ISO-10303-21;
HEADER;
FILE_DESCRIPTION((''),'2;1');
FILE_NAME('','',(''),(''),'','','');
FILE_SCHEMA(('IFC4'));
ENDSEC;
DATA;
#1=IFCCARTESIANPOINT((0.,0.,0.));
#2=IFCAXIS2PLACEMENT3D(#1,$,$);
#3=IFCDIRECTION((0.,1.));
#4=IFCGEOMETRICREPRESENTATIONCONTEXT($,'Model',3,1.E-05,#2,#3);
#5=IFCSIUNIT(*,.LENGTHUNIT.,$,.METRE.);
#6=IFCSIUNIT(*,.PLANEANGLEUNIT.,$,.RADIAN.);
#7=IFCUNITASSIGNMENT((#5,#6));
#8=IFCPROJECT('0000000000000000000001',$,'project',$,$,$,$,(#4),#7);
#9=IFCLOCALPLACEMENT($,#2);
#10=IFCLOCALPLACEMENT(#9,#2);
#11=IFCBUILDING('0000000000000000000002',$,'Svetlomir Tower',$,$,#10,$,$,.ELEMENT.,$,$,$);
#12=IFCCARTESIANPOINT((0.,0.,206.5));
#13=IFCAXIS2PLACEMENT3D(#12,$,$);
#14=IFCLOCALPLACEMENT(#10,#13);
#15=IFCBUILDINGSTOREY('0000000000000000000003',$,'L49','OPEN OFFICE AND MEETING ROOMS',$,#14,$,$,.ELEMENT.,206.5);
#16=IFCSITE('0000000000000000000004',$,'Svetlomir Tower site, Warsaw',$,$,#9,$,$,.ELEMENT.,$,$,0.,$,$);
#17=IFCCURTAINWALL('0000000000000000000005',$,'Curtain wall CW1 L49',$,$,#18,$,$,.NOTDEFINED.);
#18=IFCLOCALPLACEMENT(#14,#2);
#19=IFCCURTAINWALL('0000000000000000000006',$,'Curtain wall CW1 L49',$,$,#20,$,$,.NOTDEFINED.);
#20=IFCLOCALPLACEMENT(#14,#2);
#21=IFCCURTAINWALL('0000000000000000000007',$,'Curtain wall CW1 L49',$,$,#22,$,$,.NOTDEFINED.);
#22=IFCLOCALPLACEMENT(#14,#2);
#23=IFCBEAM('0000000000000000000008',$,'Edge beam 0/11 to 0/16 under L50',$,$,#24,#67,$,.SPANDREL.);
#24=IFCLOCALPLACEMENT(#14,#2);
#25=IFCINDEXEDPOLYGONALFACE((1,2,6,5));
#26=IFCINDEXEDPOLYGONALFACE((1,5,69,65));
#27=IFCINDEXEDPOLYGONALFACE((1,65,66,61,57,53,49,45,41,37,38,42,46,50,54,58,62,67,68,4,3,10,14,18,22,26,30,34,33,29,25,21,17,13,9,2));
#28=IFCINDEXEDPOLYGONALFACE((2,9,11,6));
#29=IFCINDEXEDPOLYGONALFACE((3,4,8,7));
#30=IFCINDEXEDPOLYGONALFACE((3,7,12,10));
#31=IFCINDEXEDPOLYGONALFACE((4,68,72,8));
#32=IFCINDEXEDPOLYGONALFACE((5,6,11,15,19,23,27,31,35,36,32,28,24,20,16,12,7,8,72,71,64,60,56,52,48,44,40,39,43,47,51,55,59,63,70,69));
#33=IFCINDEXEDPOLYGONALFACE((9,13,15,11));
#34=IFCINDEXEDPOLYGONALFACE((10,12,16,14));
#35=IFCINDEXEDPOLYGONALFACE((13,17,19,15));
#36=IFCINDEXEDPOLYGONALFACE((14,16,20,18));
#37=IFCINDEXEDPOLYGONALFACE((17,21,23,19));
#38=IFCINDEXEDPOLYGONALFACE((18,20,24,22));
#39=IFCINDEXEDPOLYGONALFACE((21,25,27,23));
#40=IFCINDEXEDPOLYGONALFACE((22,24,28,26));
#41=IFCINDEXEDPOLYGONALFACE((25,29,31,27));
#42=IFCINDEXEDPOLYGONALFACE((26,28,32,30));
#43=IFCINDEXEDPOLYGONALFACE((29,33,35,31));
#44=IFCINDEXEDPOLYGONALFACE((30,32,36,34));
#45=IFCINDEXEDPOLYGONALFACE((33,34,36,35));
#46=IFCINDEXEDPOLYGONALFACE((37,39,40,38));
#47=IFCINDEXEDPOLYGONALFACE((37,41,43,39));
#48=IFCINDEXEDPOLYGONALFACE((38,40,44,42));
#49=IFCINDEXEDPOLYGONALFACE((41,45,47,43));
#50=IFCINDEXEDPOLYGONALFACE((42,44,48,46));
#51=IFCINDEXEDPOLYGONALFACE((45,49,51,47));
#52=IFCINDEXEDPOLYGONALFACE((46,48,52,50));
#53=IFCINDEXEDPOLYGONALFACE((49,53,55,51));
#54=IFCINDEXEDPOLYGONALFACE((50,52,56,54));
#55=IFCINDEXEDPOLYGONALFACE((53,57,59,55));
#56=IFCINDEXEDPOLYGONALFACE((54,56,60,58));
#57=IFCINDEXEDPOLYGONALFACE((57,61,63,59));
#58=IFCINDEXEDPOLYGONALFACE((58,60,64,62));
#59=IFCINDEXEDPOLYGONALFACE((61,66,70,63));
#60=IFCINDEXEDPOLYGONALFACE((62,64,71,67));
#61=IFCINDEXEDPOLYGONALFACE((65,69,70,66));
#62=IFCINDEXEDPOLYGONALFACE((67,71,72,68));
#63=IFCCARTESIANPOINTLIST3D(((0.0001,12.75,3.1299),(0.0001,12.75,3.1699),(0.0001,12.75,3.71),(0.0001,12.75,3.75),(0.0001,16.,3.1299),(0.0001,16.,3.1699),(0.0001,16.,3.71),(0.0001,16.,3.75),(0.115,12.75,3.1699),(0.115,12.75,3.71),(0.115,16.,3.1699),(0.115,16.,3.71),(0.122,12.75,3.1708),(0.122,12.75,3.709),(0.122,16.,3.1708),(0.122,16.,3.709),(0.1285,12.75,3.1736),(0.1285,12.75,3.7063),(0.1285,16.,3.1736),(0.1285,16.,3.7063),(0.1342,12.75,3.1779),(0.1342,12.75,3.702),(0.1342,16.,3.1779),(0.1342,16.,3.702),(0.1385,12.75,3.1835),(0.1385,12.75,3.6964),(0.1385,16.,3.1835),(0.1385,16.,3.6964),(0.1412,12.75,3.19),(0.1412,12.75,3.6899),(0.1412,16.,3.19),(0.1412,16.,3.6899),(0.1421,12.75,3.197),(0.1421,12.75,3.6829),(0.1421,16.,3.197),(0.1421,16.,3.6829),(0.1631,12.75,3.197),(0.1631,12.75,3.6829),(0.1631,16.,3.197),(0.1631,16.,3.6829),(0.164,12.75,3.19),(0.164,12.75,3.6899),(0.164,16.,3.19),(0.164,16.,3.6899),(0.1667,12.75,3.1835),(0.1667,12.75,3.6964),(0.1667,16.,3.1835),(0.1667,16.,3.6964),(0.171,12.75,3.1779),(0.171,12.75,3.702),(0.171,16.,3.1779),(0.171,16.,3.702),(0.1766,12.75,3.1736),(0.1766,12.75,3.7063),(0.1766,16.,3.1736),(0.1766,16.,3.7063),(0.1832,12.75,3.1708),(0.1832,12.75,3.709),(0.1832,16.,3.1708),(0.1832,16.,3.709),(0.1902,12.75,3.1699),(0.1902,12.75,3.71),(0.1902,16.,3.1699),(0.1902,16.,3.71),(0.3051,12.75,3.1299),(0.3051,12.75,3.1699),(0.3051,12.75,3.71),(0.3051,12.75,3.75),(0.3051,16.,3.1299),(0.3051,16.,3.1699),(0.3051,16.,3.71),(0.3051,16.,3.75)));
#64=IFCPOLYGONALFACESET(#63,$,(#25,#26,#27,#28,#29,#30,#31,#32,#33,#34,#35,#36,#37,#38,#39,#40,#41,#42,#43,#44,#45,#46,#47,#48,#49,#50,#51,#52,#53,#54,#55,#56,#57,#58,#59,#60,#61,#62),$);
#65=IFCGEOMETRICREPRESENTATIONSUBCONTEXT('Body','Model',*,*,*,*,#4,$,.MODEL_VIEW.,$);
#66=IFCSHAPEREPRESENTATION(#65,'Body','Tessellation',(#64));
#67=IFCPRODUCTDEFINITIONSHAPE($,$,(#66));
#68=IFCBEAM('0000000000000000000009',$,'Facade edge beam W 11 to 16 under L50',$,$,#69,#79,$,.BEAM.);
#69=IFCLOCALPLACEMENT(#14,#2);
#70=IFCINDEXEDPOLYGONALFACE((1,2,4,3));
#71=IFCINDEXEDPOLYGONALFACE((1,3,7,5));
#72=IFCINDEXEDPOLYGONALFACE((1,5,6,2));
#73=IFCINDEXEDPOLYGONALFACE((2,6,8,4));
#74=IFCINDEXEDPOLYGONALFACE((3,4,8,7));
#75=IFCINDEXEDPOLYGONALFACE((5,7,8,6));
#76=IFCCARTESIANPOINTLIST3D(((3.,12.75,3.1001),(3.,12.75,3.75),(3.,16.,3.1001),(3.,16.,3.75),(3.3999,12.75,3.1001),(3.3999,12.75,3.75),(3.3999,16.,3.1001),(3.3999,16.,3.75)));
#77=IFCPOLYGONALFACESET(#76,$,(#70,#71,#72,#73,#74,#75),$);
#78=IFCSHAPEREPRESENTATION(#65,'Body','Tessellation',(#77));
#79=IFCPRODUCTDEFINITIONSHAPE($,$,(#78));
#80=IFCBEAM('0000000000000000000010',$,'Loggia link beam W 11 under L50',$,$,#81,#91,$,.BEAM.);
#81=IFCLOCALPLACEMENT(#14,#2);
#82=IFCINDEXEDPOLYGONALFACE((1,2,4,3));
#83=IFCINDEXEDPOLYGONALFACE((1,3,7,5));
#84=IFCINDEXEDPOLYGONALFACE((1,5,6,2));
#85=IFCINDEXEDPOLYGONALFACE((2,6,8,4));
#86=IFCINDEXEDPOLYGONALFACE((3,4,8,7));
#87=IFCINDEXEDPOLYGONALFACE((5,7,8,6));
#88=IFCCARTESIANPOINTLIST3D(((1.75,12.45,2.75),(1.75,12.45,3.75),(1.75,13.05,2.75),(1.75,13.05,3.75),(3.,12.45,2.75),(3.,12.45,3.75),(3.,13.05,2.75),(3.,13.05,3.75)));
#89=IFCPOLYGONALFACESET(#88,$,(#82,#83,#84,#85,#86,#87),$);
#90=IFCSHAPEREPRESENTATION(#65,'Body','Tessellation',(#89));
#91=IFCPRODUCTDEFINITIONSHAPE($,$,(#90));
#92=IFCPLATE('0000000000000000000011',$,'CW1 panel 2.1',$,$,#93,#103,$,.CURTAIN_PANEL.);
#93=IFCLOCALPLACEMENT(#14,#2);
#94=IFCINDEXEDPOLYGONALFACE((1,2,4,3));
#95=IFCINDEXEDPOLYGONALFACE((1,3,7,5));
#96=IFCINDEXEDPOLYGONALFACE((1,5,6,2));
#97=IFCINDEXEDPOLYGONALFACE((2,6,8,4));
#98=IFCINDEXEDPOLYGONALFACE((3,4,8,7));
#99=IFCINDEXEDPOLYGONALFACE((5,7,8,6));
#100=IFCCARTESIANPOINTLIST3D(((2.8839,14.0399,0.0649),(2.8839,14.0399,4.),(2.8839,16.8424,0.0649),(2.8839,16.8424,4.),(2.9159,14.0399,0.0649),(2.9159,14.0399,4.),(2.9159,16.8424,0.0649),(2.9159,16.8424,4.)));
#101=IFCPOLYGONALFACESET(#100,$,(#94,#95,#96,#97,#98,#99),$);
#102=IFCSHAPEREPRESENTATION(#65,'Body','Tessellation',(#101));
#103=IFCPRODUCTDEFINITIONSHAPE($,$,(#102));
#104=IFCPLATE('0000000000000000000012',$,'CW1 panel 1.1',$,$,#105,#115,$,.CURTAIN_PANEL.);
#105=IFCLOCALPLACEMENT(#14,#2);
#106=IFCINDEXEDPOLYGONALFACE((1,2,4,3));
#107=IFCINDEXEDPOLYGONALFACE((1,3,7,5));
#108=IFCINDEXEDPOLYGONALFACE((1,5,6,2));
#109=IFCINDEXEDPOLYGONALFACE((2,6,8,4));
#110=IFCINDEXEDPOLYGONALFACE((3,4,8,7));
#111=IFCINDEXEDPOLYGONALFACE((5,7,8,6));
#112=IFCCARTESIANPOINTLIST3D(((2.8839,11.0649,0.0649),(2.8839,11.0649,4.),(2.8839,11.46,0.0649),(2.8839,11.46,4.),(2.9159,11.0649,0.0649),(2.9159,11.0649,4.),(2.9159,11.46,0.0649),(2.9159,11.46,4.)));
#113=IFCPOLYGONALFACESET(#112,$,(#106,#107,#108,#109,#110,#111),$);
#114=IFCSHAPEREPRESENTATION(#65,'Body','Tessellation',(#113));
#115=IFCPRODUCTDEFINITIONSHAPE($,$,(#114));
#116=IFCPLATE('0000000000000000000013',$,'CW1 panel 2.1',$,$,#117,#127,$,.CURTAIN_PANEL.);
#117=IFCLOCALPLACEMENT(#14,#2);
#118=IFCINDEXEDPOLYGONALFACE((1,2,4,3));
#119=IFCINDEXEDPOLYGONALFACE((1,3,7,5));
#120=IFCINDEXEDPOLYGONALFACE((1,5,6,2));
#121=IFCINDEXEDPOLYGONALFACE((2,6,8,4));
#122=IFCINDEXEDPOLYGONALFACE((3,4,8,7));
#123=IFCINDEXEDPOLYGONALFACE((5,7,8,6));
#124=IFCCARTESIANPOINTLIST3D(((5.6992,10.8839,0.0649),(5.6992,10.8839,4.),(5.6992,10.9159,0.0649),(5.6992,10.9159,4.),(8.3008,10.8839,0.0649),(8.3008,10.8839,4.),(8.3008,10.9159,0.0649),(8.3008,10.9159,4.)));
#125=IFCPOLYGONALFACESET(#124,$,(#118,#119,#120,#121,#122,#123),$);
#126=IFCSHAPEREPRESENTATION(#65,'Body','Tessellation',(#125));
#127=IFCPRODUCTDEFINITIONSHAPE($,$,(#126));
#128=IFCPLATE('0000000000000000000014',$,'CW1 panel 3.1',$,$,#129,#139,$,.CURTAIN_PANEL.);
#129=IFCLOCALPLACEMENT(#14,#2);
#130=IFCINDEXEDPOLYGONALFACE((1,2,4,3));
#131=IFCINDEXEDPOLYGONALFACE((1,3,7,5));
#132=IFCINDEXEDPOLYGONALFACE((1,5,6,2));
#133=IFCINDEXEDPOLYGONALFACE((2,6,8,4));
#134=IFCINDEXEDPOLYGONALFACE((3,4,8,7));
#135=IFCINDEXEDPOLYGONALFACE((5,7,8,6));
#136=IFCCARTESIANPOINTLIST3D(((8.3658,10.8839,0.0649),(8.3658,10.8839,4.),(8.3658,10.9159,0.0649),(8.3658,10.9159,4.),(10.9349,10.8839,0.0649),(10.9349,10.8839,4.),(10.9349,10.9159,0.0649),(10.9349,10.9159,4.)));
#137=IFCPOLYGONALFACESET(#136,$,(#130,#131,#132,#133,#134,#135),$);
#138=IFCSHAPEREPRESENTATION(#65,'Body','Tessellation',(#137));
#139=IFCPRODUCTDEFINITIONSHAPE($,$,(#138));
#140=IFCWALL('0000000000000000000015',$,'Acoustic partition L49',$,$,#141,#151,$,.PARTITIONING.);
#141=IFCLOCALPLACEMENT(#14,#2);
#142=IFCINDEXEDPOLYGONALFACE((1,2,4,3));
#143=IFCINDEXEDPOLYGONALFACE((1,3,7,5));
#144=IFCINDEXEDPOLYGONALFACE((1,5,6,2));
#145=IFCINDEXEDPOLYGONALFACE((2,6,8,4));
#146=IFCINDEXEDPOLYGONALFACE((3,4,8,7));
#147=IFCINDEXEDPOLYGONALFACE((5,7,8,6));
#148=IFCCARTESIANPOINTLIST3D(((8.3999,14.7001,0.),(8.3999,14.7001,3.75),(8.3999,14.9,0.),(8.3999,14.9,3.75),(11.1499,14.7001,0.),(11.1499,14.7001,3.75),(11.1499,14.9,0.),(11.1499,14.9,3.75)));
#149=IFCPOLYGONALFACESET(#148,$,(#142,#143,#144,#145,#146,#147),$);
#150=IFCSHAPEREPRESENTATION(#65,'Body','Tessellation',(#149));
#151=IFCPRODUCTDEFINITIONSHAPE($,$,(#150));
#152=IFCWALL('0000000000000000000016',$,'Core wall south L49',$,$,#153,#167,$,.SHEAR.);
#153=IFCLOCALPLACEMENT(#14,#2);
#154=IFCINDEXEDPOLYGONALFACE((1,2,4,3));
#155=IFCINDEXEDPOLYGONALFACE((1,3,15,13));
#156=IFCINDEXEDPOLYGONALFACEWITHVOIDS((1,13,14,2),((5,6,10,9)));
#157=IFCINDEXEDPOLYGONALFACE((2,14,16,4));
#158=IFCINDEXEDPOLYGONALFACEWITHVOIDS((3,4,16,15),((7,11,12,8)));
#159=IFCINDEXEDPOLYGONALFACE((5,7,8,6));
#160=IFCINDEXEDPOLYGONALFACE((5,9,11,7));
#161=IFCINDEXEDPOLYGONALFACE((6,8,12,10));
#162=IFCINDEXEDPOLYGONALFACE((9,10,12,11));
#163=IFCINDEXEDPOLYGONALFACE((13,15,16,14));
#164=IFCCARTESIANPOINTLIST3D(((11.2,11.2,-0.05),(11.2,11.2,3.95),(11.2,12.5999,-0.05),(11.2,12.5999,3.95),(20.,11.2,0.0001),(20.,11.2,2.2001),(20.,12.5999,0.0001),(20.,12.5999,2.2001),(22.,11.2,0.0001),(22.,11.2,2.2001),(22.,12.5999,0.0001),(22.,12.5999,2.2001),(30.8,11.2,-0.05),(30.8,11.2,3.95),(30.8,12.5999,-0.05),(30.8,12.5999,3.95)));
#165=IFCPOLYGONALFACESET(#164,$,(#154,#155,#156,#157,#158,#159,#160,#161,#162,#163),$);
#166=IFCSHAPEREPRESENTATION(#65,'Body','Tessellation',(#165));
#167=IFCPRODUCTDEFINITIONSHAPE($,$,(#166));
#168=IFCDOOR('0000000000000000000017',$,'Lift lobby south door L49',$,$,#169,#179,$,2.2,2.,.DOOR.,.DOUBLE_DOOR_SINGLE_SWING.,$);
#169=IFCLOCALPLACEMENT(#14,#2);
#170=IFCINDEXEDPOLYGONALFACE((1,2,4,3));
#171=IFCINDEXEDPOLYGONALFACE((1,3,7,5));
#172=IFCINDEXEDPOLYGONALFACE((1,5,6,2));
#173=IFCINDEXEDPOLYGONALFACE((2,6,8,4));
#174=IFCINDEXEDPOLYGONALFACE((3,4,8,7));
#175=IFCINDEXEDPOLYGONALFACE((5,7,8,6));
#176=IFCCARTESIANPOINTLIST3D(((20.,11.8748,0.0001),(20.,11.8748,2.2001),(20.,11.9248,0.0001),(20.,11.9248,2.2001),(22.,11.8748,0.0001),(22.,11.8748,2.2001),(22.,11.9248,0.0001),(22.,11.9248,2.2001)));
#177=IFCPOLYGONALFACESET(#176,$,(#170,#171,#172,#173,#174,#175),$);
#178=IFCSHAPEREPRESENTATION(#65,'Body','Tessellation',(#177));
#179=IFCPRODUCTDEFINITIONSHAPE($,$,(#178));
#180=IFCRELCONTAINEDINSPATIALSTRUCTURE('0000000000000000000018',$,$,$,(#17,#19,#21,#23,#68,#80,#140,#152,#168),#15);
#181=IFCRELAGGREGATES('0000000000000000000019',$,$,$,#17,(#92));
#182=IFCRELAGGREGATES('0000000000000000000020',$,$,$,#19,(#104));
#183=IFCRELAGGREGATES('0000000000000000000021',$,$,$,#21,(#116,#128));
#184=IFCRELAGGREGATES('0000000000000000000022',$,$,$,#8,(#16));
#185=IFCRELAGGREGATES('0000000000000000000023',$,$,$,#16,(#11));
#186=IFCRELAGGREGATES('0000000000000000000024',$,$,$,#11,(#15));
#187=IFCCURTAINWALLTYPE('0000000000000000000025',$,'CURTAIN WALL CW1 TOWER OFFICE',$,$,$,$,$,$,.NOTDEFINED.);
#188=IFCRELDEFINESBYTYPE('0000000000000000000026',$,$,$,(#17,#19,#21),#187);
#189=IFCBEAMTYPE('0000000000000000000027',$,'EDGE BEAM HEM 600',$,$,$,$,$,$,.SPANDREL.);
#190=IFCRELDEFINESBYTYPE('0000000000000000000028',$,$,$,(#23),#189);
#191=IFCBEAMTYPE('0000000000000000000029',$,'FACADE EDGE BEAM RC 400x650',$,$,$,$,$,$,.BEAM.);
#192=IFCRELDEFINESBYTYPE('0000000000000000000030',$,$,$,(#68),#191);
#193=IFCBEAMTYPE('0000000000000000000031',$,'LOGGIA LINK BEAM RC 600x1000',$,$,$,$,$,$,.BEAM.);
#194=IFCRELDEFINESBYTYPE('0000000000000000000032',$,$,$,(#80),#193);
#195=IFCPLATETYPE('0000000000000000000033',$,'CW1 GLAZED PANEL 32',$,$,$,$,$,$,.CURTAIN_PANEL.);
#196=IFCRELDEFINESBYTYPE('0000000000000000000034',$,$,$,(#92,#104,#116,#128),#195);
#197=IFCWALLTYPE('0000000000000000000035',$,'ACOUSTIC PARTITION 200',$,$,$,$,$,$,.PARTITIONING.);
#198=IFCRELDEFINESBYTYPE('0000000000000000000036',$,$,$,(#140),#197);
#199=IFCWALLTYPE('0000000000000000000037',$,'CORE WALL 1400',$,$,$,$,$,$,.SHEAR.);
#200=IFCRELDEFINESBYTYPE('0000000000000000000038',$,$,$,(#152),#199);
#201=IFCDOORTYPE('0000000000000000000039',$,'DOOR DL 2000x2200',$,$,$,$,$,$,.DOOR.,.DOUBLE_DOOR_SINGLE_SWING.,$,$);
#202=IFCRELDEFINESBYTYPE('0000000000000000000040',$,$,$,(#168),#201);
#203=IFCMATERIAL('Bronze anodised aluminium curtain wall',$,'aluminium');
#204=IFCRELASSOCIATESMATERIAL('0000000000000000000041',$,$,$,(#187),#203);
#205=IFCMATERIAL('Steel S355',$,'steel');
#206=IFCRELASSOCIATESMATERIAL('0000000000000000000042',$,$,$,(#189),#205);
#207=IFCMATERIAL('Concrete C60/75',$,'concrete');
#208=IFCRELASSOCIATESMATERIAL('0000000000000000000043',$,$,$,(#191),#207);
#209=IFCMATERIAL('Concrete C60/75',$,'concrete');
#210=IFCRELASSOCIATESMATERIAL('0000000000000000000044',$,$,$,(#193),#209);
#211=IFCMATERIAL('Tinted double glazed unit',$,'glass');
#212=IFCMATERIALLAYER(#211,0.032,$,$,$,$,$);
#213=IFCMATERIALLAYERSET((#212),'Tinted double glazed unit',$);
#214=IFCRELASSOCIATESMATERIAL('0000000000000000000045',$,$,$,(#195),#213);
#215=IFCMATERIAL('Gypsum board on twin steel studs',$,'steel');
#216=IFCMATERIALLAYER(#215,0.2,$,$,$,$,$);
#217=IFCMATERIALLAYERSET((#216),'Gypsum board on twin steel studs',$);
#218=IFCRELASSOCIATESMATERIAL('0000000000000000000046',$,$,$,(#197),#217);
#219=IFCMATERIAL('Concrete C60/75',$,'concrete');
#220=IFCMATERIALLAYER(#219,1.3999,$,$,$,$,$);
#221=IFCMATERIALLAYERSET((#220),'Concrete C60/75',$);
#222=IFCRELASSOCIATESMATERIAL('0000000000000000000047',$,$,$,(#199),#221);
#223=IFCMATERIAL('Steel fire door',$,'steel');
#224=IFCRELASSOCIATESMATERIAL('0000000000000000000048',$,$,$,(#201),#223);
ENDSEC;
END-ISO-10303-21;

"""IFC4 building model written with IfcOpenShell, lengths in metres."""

from ifc_helpers import new_model, si_unit, direction, frame, frame_2d, origin, origin_2d, place, context, subcontext, project, spatial, rectangle, i_section, extrude, material, layer, layer_set, material_profile, profile_set, type_object, element, fill, aggregate, save


model = new_model("IFC4")

# Units and contexts
model_context = context("Model", 3, precision=1e-05, world=origin(), true_north=direction((0.0, 1.0)))
body_context = subcontext(model_context, "Body", "Model", "MODEL_VIEW")
ifc_project = project(units=[si_unit("LENGTHUNIT", "METRE"), si_unit("PLANEANGLEUNIT", "RADIAN")], contexts=[model_context])

# Site, building, storey
site_placement = place(None, origin())
site = spatial("IfcSite", under=ifc_project, at=site_placement, Name="Svetlomir Tower site, Warsaw", CompositionType="ELEMENT", RefElevation=0.0)
building_placement = place(site_placement, origin())
building = spatial("IfcBuilding", under=site, at=building_placement, Name="Svetlomir Tower", CompositionType="ELEMENT")
storey_placement = place(building_placement, frame((0.0, 0.0, 206.5)))
storey = spatial("IfcBuildingStorey", under=building, at=storey_placement, Name="L49", Description="OPEN OFFICE AND MEETING ROOMS", CompositionType="ELEMENT", Elevation=206.5)

# Curtain wall
ifc_material_1 = material(Name="Bronze anodised aluminium curtain wall", Category="aluminium")
curtain_wall_type = type_object("IfcCurtainWallType", Name="CURTAIN WALL CW1 TOWER OFFICE", PredefinedType="NOTDEFINED", material=ifc_material_1)
curtain_wall_1_placement = place(storey_placement, origin())
curtain_wall_1 = element("IfcCurtainWall", 1, at=curtain_wall_1_placement, inside=storey, type_object=curtain_wall_type, Name="Curtain wall CW1 L49", PredefinedType="NOTDEFINED")

# Curtain walls
curtain_wall_2_placement = place(storey_placement, origin())
curtain_wall_2 = element("IfcCurtainWall", 2, at=curtain_wall_2_placement, inside=storey, type_object=curtain_wall_type, Name="Curtain wall CW1 L49", PredefinedType="NOTDEFINED")
curtain_wall_3_placement = place(storey_placement, origin())
curtain_wall_3 = element("IfcCurtainWall", 3, at=curtain_wall_3_placement, inside=storey, type_object=curtain_wall_type, Name="Curtain wall CW1 L49", PredefinedType="NOTDEFINED")

# Beams
ifc_material_2 = material(Name="Steel S355", Category="steel")
ifc_material_profile_1 = material_profile(ifc_material_2, i_section(OverallWidth=0.3049, OverallDepth=0.6201, WebThickness=0.021, FlangeThickness=0.04, FilletRadius=0.0271, at=origin_2d()), Name="HEM 600")
ifc_profile_set_1 = profile_set([ifc_material_profile_1], Name="Steel S355")
beam_type_1 = type_object("IfcBeamType", Name="EDGE BEAM HEM 600", PredefinedType="SPANDREL", material=ifc_profile_set_1)
beam_1_placement = place(storey_placement, frame((0.1526, 12.75, 3.4399), z_axis=(0.0, 1.0, 0.0), x_axis=(-1.0, 0.0, 0.0)))
element("IfcBeam", 4, at=beam_1_placement, inside=storey, type_object=beam_type_1, Name="Edge beam 0/11 to 0/16 under L50", PredefinedType="SPANDREL", context=body_context, shape_type="SweptSolid", body=[
    extrude(i_section(OverallWidth=0.3049, OverallDepth=0.6201, WebThickness=0.021, FlangeThickness=0.04, FilletRadius=0.0271, at=origin_2d()), origin(), (0.0, 0.0, 1.0), 3.25),
])
ifc_material_3 = material(Name="Concrete C60/75", Category="concrete")
ifc_material_profile_2 = material_profile(ifc_material_3, rectangle(XDim=0.3999, YDim=0.6499, at=origin_2d()), Name="RC 400x650")
ifc_profile_set_2 = profile_set([ifc_material_profile_2], Name="Concrete C60/75")
beam_type_2 = type_object("IfcBeamType", Name="FACADE EDGE BEAM RC 400x650", PredefinedType="BEAM", material=ifc_profile_set_2)
beam_2_placement = place(storey_placement, frame((3.2, 12.75, 3.425), z_axis=(0.0, 1.0, 0.0), x_axis=(-1.0, 0.0, 0.0)))
element("IfcBeam", 5, at=beam_2_placement, inside=storey, type_object=beam_type_2, Name="Facade edge beam W 11 to 16 under L50", PredefinedType="BEAM", context=body_context, shape_type="SweptSolid", body=[
    extrude(rectangle(XDim=0.3999, YDim=0.6499, at=origin_2d()), origin(), (0.0, 0.0, 1.0), 3.25),
])
ifc_material_4 = material(Name="Concrete C60/75", Category="concrete")
ifc_material_profile_3 = material_profile(ifc_material_4, rectangle(XDim=0.6001, YDim=1.0, at=origin_2d()), Name="RC 600x1000")
ifc_profile_set_3 = profile_set([ifc_material_profile_3], Name="Concrete C60/75")
beam_type_3 = type_object("IfcBeamType", Name="LOGGIA LINK BEAM RC 600x1000", PredefinedType="BEAM", material=ifc_profile_set_3)
beam_3_placement = place(storey_placement, frame((1.75, 12.75, 3.25), z_axis=(1.0, 0.0, 0.0), x_axis=(0.0, 1.0, 0.0)))
element("IfcBeam", 6, at=beam_3_placement, inside=storey, type_object=beam_type_3, Name="Loggia link beam W 11 under L50", PredefinedType="BEAM", context=body_context, shape_type="SweptSolid", body=[
    extrude(rectangle(XDim=0.6001, YDim=1.0, at=origin_2d()), origin(), (0.0, 0.0, 1.0), 1.25),
])

# Plates
ifc_material_5 = material(Name="Tinted double glazed unit", Category="glass")
ifc_layer_1 = layer(ifc_material_5, 0.032)
ifc_layer_set_1 = layer_set([ifc_layer_1], Name="Tinted double glazed unit")
plate_type = type_object("IfcPlateType", Name="CW1 GLAZED PANEL 32", PredefinedType="CURTAIN_PANEL", material=ifc_layer_set_1)
plate_1_placement = place(storey_placement, frame((2.8999, 15.4412, 0.0649), z_axis=(0.0, 0.0, 1.0), x_axis=(0.0, -1.0, 0.0)))
plate_1 = element("IfcPlate", 7, at=plate_1_placement, type_object=plate_type, Name="CW1 panel 2.1", PredefinedType="CURTAIN_PANEL", context=body_context, shape_type="SweptSolid", body=[
    extrude(rectangle(XDim=2.8025, YDim=0.032, at=origin_2d()), origin(), (0.0, 0.0, 1.0), 3.9351),
])
aggregate(curtain_wall_1, [plate_1])
plate_2_placement = place(storey_placement, frame((2.8999, 11.2625, 0.0649), z_axis=(0.0, 0.0, 1.0), x_axis=(0.0, -1.0, 0.0)))
plate_2 = element("IfcPlate", 8, at=plate_2_placement, type_object=plate_type, Name="CW1 panel 1.1", PredefinedType="CURTAIN_PANEL", context=body_context, shape_type="SweptSolid", body=[
    extrude(rectangle(XDim=0.395, YDim=0.032, at=origin_2d()), origin(), (0.0, 0.0, 1.0), 3.9351),
])
aggregate(curtain_wall_2, [plate_2])
plate_3_placement = place(storey_placement, frame((7.0, 10.8999, 0.0649), z_axis=(0.0, 0.0, 1.0), x_axis=(1.0, 0.0, 0.0)))
plate_3 = element("IfcPlate", 9, at=plate_3_placement, type_object=plate_type, Name="CW1 panel 2.1", PredefinedType="CURTAIN_PANEL", context=body_context, shape_type="SweptSolid", body=[
    extrude(rectangle(XDim=2.6016, YDim=0.032, at=origin_2d()), origin(), (0.0, 0.0, 1.0), 3.9351),
])
plate_4_placement = place(storey_placement, frame((9.6504, 10.8999, 0.0649), z_axis=(0.0, 0.0, 1.0), x_axis=(1.0, 0.0, 0.0)))
plate_4 = element("IfcPlate", 10, at=plate_4_placement, type_object=plate_type, Name="CW1 panel 3.1", PredefinedType="CURTAIN_PANEL", context=body_context, shape_type="SweptSolid", body=[
    extrude(rectangle(XDim=2.5691, YDim=0.032, at=origin_2d()), origin(), (0.0, 0.0, 1.0), 3.9351),
])
aggregate(curtain_wall_3, [plate_3, plate_4])

# Wall
ifc_material_6 = material(Name="Gypsum board on twin steel studs", Category="steel")
ifc_layer_2 = layer(ifc_material_6, 0.2)
ifc_layer_set_2 = layer_set([ifc_layer_2], Name="Gypsum board on twin steel studs")
wall_type_1 = type_object("IfcWallType", Name="ACOUSTIC PARTITION 200", PredefinedType="PARTITIONING", material=ifc_layer_set_2)
wall_1_placement = place(storey_placement, frame((8.3999, 14.8, 0.0), z_axis=(0.0, 0.0, 1.0), x_axis=(1.0, 0.0, 0.0)))
element("IfcWall", 11, at=wall_1_placement, inside=storey, type_object=wall_type_1, Name="Acoustic partition L49", PredefinedType="PARTITIONING", context=body_context, shape_type="SweptSolid", body=[
    extrude(rectangle(XDim=2.75, YDim=0.2, at=frame_2d((1.375, 0.0))), origin(), (0.0, 0.0, 1.0), 3.75),
])

# Wall, opening, door
ifc_material_7 = material(Name="Concrete C60/75", Category="concrete")
ifc_layer_3 = layer(ifc_material_7, 1.3999)
ifc_layer_set_3 = layer_set([ifc_layer_3], Name="Concrete C60/75")
wall_type_2 = type_object("IfcWallType", Name="CORE WALL 1400", PredefinedType="SHEAR", material=ifc_layer_set_3)
wall_2_placement = place(storey_placement, frame((11.2, 11.8999, -0.05), z_axis=(0.0, 0.0, 1.0), x_axis=(1.0, 0.0, 0.0)))
wall_2 = element("IfcWall", 12, at=wall_2_placement, inside=storey, type_object=wall_type_2, Name="Core wall south L49", PredefinedType="SHEAR", context=body_context, shape_type="SweptSolid", body=[
    extrude(rectangle(XDim=19.6001, YDim=1.3999, at=frame_2d((9.8, 0.0))), origin(), (0.0, 0.0, 1.0), 4.0),
])
opening_1_placement = place(wall_2_placement, frame((8.8, 0.0, 0.05)))
opening_1 = element("IfcOpeningElement", 13, at=opening_1_placement, cuts=wall_2, PredefinedType="OPENING", context=body_context, shape_type="SweptSolid", body=[
    extrude(rectangle(XDim=2.0, YDim=2.2, at=frame_2d((1.0, 1.1001))), frame((0.0, 0.71, 0.0), z_axis=(0.0, -1.0, 0.0), x_axis=(1.0, 0.0, 0.0)), (0.0, 0.0, 1.0), 1.4199),
])
ifc_material_8 = material(Name="Steel fire door", Category="steel")
door_type_1 = type_object("IfcDoorType", Name="DOOR DL 2000x2200", OperationType="DOUBLE_DOOR_SINGLE_SWING", PredefinedType="DOOR", material=ifc_material_8)
door_1_placement = place(opening_1_placement, origin())
door_1 = element("IfcDoor", 14, at=door_1_placement, inside=storey, type_object=door_type_1, Name="Lift lobby south door L49", OperationType="DOUBLE_DOOR_SINGLE_SWING", OverallHeight=2.2, OverallWidth=2.0, PredefinedType="DOOR", context=body_context, shape_type="SweptSolid", body=[
    extrude(rectangle(XDim=2.0, YDim=2.2, at=frame_2d((1.0, 1.1001))), frame((0.0, 0.0249, 0.0), z_axis=(0.0, -1.0, 0.0), x_axis=(1.0, 0.0, 0.0)), (0.0, 0.0, 1.0), 0.05),
])
fill(opening_1, door_1)

save(model, "model.ifc")
